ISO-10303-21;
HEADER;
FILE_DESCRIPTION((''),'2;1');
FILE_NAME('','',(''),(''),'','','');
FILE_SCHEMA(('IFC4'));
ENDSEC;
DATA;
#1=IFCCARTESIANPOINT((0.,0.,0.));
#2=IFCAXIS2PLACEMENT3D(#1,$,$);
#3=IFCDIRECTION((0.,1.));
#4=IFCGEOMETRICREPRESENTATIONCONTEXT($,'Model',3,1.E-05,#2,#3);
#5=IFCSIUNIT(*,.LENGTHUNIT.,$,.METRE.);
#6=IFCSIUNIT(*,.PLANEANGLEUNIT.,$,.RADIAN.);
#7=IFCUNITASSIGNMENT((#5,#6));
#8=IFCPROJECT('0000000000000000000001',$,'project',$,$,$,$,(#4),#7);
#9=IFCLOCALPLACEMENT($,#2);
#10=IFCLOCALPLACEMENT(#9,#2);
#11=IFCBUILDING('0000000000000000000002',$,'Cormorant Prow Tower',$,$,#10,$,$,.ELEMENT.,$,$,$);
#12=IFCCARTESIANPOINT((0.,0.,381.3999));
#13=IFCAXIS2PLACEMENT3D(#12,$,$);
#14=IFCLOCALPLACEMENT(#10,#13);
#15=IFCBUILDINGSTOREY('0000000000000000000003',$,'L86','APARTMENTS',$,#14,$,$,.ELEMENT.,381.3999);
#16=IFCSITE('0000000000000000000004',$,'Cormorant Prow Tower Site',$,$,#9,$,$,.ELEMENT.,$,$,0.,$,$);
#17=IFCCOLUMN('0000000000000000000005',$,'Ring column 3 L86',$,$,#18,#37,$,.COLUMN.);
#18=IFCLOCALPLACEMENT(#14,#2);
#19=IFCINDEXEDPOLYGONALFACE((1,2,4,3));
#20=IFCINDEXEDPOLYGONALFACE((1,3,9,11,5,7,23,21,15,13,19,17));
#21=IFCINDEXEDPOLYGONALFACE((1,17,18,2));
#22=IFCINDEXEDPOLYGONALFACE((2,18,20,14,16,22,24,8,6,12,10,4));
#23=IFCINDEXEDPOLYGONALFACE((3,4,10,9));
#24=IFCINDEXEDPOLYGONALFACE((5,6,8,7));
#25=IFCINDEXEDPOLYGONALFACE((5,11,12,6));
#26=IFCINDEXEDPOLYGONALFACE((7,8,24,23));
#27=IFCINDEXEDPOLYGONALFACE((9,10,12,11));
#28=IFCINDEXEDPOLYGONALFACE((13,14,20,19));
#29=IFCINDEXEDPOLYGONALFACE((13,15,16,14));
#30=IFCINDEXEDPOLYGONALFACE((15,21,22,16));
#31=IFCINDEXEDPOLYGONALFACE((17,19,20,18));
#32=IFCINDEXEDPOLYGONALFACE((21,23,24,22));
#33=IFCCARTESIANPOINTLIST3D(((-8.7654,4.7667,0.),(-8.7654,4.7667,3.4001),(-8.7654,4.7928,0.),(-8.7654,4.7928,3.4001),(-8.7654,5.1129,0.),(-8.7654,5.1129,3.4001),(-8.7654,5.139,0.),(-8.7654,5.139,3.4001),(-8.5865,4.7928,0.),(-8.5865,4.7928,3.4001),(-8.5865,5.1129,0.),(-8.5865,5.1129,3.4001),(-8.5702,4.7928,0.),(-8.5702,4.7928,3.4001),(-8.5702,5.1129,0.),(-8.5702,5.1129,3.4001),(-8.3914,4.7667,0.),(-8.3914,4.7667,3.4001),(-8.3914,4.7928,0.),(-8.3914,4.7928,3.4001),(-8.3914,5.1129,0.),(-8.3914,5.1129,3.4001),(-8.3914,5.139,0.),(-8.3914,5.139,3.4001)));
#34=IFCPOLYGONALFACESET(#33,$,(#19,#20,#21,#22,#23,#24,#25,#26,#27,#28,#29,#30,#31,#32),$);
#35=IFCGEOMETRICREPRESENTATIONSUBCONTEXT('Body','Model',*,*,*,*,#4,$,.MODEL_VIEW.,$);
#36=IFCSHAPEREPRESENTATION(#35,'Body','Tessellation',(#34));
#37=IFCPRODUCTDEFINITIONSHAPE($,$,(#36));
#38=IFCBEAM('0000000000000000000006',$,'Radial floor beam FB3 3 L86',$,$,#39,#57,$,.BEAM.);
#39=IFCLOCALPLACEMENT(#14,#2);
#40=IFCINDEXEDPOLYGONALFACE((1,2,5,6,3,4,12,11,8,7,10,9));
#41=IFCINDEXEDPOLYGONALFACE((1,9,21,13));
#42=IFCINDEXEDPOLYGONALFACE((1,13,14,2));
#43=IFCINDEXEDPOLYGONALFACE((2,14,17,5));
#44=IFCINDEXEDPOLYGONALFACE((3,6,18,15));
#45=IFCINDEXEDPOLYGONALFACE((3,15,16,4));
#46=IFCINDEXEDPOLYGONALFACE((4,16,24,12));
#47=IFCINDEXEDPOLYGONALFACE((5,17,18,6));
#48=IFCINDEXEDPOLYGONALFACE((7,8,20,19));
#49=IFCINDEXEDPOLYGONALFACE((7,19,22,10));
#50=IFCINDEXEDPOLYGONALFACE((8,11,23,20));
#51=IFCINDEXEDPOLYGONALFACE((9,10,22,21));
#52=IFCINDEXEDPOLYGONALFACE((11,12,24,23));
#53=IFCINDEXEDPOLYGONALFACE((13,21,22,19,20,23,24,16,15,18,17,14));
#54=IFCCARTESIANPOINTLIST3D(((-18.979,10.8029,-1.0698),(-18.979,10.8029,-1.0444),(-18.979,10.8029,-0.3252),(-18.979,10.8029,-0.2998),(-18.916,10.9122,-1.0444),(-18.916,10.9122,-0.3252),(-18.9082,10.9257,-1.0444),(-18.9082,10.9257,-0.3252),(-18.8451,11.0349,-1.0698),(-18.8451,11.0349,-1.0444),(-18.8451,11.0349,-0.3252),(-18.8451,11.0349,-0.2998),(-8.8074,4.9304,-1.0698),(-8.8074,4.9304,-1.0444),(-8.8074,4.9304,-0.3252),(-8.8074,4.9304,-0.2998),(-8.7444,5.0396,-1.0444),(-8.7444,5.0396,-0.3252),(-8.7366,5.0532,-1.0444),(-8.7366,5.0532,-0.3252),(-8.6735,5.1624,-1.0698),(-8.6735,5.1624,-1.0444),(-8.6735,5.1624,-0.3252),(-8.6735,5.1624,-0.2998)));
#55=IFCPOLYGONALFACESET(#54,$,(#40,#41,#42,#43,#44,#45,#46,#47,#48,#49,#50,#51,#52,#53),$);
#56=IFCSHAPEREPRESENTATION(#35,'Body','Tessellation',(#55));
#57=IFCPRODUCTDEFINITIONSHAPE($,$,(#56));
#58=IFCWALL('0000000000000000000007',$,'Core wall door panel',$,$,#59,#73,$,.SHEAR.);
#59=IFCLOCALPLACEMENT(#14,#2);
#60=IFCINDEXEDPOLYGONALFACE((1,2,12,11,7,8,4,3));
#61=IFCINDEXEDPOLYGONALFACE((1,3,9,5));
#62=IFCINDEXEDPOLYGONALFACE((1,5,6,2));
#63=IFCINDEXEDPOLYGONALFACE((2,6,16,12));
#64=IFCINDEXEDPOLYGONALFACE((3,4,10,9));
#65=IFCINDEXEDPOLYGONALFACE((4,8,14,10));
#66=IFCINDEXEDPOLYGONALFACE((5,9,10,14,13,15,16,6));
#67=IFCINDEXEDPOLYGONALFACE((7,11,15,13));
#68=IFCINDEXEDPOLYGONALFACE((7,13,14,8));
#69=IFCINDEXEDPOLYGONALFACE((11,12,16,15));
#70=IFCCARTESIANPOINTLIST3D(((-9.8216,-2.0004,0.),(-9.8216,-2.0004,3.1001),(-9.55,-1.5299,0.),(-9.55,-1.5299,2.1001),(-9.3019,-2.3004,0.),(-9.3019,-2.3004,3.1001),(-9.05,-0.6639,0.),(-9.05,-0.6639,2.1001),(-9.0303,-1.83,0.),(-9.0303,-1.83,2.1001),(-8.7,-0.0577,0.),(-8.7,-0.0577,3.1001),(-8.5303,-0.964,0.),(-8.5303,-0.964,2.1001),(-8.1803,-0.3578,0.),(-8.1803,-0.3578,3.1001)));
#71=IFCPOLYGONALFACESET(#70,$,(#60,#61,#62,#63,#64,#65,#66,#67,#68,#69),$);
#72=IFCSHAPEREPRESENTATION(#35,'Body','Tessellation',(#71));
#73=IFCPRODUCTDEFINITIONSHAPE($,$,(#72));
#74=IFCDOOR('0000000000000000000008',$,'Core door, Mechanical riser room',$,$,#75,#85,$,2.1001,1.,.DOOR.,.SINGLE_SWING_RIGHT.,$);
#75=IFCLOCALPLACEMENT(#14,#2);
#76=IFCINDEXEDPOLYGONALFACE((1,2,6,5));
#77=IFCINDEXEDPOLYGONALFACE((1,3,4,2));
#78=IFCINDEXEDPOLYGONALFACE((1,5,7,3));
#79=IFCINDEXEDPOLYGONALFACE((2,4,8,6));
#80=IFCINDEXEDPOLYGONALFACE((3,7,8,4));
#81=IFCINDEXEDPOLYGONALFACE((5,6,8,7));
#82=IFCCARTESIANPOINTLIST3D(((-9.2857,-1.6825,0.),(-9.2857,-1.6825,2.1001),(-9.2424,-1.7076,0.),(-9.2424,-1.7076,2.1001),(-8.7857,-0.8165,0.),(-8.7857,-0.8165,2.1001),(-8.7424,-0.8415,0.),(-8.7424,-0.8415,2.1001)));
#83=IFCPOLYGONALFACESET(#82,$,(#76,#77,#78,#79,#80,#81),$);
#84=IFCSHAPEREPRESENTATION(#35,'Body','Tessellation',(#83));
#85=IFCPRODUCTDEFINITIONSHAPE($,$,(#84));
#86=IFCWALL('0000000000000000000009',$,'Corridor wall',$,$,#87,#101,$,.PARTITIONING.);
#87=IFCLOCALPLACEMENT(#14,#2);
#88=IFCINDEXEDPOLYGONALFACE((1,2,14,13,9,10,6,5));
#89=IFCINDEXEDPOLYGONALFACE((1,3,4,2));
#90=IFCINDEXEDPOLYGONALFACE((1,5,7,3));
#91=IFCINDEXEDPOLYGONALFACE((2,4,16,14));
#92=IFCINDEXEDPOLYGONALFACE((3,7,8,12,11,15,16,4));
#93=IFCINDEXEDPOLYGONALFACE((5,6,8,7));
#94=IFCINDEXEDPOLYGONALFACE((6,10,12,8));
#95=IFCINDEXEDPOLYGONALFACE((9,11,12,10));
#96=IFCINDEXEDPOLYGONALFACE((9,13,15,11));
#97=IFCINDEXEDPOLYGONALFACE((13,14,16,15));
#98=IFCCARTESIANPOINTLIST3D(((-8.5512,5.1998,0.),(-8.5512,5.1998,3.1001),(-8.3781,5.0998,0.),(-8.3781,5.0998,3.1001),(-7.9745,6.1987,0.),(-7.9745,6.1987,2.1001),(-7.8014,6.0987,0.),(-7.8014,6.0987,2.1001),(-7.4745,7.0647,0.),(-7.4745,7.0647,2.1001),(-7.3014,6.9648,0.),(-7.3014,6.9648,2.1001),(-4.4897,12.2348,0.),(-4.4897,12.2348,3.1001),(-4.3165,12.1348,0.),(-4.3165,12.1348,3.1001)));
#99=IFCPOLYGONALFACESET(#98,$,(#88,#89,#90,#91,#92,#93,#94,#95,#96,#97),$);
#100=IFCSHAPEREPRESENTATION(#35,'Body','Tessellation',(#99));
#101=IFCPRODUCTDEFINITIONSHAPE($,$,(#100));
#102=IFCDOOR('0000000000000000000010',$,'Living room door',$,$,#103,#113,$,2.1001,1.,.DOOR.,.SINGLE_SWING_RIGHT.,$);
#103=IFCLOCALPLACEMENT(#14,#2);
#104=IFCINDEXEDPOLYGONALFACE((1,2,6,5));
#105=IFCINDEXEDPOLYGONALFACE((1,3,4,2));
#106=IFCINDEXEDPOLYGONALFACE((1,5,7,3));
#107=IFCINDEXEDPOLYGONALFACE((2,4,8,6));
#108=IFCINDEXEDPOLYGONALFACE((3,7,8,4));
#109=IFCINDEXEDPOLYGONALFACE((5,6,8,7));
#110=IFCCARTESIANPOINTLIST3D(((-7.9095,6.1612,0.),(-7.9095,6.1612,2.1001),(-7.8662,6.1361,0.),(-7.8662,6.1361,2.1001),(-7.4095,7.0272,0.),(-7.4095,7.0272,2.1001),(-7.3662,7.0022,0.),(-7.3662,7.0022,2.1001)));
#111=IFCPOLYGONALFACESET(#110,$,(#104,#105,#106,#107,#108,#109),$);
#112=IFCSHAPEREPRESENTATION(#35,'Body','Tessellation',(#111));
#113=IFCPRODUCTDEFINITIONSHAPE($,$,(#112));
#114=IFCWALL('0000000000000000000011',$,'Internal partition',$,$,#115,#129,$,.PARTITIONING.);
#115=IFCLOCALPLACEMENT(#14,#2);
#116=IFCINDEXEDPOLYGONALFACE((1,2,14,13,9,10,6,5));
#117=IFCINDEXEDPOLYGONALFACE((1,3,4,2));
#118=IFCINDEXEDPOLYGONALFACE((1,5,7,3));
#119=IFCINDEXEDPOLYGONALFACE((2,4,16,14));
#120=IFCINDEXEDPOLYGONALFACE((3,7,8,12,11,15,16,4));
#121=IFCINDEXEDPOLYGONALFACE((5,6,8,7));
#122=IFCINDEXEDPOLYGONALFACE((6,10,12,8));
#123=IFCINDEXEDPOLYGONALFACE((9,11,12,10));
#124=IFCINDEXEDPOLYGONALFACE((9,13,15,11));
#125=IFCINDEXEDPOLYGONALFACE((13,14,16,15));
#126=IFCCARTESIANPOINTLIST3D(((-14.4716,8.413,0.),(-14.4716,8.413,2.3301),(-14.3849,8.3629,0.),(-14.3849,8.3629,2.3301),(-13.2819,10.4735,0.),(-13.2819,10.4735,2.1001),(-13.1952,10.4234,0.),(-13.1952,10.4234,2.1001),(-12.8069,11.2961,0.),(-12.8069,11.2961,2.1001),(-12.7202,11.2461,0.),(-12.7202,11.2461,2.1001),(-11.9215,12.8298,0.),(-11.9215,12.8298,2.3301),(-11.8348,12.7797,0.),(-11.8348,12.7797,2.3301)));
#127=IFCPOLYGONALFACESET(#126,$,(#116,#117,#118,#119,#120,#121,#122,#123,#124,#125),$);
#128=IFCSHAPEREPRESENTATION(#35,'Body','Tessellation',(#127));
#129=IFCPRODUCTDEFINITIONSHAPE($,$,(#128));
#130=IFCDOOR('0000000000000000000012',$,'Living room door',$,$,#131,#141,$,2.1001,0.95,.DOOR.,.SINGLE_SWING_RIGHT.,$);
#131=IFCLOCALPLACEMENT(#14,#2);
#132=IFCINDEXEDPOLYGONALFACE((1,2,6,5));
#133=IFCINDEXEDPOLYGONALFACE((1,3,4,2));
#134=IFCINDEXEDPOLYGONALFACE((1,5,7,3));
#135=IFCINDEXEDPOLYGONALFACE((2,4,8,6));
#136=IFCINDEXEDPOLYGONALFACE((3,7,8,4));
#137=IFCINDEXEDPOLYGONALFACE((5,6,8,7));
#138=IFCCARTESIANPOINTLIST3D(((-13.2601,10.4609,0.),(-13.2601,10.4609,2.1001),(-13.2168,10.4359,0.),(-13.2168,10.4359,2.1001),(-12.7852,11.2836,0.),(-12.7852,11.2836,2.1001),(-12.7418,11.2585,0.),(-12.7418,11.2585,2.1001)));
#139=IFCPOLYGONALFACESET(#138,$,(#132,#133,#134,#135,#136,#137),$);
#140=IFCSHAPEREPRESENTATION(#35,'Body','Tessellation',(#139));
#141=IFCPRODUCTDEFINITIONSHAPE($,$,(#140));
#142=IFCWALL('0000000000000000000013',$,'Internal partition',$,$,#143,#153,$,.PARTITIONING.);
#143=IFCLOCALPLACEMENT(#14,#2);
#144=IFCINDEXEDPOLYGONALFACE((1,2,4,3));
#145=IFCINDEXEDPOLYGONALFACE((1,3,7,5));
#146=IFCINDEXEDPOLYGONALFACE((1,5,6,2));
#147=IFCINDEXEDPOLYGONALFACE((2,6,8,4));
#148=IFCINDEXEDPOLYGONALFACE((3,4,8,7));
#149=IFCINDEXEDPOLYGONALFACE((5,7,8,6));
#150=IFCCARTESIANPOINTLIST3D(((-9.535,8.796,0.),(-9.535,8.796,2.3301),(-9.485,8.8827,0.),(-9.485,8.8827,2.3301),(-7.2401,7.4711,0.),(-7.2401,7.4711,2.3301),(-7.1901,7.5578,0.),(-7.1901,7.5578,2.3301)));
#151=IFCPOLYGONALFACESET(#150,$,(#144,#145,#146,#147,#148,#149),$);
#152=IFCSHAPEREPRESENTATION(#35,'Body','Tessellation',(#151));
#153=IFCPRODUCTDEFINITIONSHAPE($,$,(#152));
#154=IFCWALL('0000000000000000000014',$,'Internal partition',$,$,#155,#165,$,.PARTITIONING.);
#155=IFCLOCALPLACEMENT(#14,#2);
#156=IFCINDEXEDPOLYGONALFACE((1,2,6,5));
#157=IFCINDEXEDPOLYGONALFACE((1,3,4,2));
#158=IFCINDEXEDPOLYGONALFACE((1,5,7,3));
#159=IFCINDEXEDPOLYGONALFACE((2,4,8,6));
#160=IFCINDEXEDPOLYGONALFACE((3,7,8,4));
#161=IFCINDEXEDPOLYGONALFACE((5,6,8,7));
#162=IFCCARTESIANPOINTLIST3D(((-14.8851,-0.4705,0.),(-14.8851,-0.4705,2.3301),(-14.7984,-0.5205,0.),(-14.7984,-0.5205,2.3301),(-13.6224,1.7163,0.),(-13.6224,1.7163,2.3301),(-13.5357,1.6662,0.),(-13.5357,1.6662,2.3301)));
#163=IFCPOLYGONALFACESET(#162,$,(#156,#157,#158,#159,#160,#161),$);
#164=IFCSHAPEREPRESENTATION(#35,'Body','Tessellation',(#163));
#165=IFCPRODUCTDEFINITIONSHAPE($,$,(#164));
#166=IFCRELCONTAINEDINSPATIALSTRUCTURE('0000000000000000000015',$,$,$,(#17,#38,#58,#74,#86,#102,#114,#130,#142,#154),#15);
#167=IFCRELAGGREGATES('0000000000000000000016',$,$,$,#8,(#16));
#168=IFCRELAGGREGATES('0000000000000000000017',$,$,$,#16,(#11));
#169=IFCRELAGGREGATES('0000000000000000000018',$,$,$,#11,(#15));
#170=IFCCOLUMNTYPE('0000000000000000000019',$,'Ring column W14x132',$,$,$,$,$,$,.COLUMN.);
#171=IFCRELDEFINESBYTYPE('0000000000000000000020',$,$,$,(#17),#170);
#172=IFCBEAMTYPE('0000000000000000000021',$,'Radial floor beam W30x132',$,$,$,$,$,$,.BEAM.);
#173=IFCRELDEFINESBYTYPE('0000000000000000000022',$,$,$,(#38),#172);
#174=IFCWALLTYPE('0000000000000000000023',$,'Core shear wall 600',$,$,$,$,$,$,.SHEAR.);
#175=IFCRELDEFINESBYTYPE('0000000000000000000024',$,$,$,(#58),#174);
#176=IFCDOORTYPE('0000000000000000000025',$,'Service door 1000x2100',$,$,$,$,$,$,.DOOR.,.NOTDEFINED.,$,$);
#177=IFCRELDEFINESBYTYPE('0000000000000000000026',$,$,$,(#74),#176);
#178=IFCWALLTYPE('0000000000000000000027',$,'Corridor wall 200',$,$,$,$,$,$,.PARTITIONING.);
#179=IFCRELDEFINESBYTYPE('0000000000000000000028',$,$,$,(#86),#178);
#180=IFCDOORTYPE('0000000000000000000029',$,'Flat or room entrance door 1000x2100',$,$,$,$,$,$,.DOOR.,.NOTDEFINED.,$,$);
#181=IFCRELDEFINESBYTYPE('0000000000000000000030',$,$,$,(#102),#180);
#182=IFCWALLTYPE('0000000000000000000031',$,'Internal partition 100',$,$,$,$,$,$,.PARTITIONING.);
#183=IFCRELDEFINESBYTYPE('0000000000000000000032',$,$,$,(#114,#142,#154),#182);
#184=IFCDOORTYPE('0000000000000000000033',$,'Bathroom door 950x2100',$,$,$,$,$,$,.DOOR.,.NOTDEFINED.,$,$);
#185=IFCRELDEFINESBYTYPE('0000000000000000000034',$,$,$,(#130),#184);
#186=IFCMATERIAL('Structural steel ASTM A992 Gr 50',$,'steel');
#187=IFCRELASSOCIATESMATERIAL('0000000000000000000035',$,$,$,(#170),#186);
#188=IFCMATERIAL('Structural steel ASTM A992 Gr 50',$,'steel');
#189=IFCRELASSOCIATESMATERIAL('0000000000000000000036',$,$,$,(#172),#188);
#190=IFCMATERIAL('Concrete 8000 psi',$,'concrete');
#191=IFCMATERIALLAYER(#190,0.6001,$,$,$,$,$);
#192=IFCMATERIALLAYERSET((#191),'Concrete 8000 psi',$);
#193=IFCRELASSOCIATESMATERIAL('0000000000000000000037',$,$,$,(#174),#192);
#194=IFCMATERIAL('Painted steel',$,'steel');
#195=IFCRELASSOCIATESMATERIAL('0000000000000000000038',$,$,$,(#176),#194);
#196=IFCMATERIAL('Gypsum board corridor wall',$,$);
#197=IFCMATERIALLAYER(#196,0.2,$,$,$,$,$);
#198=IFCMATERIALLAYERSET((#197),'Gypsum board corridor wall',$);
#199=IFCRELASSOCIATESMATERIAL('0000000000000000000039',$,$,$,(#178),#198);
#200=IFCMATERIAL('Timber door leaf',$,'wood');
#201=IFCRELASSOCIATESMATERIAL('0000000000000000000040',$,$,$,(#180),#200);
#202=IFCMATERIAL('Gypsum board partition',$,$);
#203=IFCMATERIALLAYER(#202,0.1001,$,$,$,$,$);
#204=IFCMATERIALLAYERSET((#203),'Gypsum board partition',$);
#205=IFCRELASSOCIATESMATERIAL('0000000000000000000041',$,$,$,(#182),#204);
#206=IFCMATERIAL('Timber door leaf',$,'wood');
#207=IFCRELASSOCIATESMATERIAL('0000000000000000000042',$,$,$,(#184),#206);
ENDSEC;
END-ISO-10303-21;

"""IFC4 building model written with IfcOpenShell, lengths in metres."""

from ifc_helpers import new_model, si_unit, direction, frame, frame_2d, origin, origin_2d, place, context, subcontext, project, spatial, rectangle, i_section, extrude, material, layer, layer_set, material_profile, profile_set, type_object, element, fill, save


model = new_model("IFC4")

# Units and contexts
model_context = context("Model", 3, precision=1e-05, world=origin(), true_north=direction((0.0, 1.0)))
body_context = subcontext(model_context, "Body", "Model", "MODEL_VIEW")
ifc_project = project(units=[si_unit("LENGTHUNIT", "METRE"), si_unit("PLANEANGLEUNIT", "RADIAN")], contexts=[model_context])

# Site, building, storey
site_placement = place(None, origin())
site = spatial("IfcSite", under=ifc_project, at=site_placement, Name="Cormorant Prow Tower Site", CompositionType="ELEMENT", RefElevation=0.0)
building_placement = place(site_placement, origin())
building = spatial("IfcBuilding", under=site, at=building_placement, Name="Cormorant Prow Tower", CompositionType="ELEMENT")
storey_placement = place(building_placement, frame((0.0, 0.0, 381.3999)))
storey = spatial("IfcBuildingStorey", under=building, at=storey_placement, Name="L86", Description="APARTMENTS", CompositionType="ELEMENT", Elevation=381.3999)

# Column
ifc_material_1 = material(Name="Structural steel ASTM A992 Gr 50", Category="steel")
ifc_material_profile_1 = material_profile(ifc_material_1, i_section(OverallWidth=0.374, OverallDepth=0.3723, WebThickness=0.0164, FlangeThickness=0.0261, at=origin_2d()), Name="W14x132")
ifc_profile_set_1 = profile_set([ifc_material_profile_1], Name="Structural steel ASTM A992 Gr 50")
column_type = type_object("IfcColumnType", Name="Ring column W14x132", PredefinedType="COLUMN", material=ifc_profile_set_1)
column_placement = place(storey_placement, frame((-8.5784, 4.9529, 0.0), z_axis=(0.0, 0.0, 1.0), x_axis=(1.0, 0.0, 0.0)))
element("IfcColumn", 1, at=column_placement, inside=storey, type_object=column_type, Name="Ring column 3 L86", PredefinedType="COLUMN", context=body_context, shape_type="SweptSolid", body=[
    extrude(i_section(OverallWidth=0.374, OverallDepth=0.3723, WebThickness=0.0164, FlangeThickness=0.0261, at=origin_2d()), origin(), (0.0, 0.0, 1.0), 3.4001),
])

# Beam
ifc_material_2 = material(Name="Structural steel ASTM A992 Gr 50", Category="steel")
ifc_material_profile_2 = material_profile(ifc_material_2, i_section(OverallWidth=0.2678, OverallDepth=0.77, WebThickness=0.0156, FlangeThickness=0.0254, at=origin_2d()), Name="W30x132")
ifc_profile_set_2 = profile_set([ifc_material_profile_2], Name="Structural steel ASTM A992 Gr 50")
beam_type = type_object("IfcBeamType", Name="Radial floor beam W30x132", PredefinedType="BEAM", material=ifc_profile_set_2)
beam_placement = place(storey_placement, frame((-8.7405, 5.0464, -0.6848), z_axis=(-0.866027, 0.499998, 0.0), x_axis=(-0.499998, -0.866027, 0.0)))
element("IfcBeam", 2, at=beam_placement, inside=storey, type_object=beam_type, Name="Radial floor beam FB3 3 L86", PredefinedType="BEAM", context=body_context, shape_type="SweptSolid", body=[
    extrude(i_section(OverallWidth=0.2678, OverallDepth=0.77, WebThickness=0.0156, FlangeThickness=0.0254, at=origin_2d()), origin(), (0.0, 0.0, 1.0), 11.7451),
])

# Walls, openings, doors
ifc_material_3 = material(Name="Concrete 8000 psi", Category="concrete")
ifc_layer_1 = layer(ifc_material_3, 0.6001)
ifc_layer_set_1 = layer_set([ifc_layer_1], Name="Concrete 8000 psi")
wall_type_1 = type_object("IfcWallType", Name="Core shear wall 600", PredefinedType="SHEAR", material=ifc_layer_set_1)
wall_1_placement = place(storey_placement, frame((-8.4402, -0.2078, 0.0), z_axis=(0.0, 0.0, 1.0), x_axis=(-0.500002, -0.866024, 0.0)))
wall_1 = element("IfcWall", 3, at=wall_1_placement, inside=storey, type_object=wall_type_1, Name="Core wall door panel", PredefinedType="SHEAR", context=body_context, shape_type="SweptSolid", body=[
    extrude(rectangle(XDim=2.2432, YDim=0.6001, at=frame_2d((1.1216, 0.0))), origin(), (0.0, 0.0, 1.0), 3.1001),
])
opening_1_placement = place(wall_1_placement, frame((0.7, 0.0, 0.0)))
opening_1 = element("IfcOpeningElement", 4, at=opening_1_placement, cuts=wall_1, PredefinedType="OPENING", context=body_context, shape_type="SweptSolid", body=[
    extrude(rectangle(XDim=1.0, YDim=2.1001, at=frame_2d((0.5, 1.05))), frame((0.0, 0.3101, 0.0), z_axis=(0.0, -1.0, 0.0), x_axis=(1.0, 0.0, 0.0)), (0.0, 0.0, 1.0), 0.6201),
])
ifc_material_4 = material(Name="Painted steel", Category="steel")
door_type_1 = type_object("IfcDoorType", Name="Service door 1000x2100", OperationType="NOTDEFINED", PredefinedType="DOOR", material=ifc_material_4)
door_1_placement = place(opening_1_placement, origin())
door_1 = element("IfcDoor", 5, at=door_1_placement, inside=storey, type_object=door_type_1, Name="Core door, Mechanical riser room", OperationType="SINGLE_SWING_RIGHT", OverallHeight=2.1001, OverallWidth=1.0, PredefinedType="DOOR", context=body_context, shape_type="SweptSolid", body=[
    extrude(rectangle(XDim=1.0, YDim=2.1001, at=frame_2d((0.5, 1.05))), frame((0.0, 0.0552, 0.0), z_axis=(0.0, -1.0, 0.0), x_axis=(1.0, 0.0, 0.0)), (0.0, 0.0, 1.0), 0.05),
])
fill(opening_1, door_1)
ifc_material_5 = material(Name="Gypsum board corridor wall")
ifc_layer_2 = layer(ifc_material_5, 0.2)
ifc_layer_set_2 = layer_set([ifc_layer_2], Name="Gypsum board corridor wall")
wall_type_2 = type_object("IfcWallType", Name="Corridor wall 200", PredefinedType="PARTITIONING", material=ifc_layer_set_2)
wall_2_placement = place(storey_placement, frame((-8.4646, 5.1499, 0.0), z_axis=(0.0, 0.0, 1.0), x_axis=(0.499992, 0.86603, 0.0)))
wall_2 = element("IfcWall", 6, at=wall_2_placement, inside=storey, type_object=wall_type_2, Name="Corridor wall", PredefinedType="PARTITIONING", context=body_context, shape_type="SweptSolid", body=[
    extrude(rectangle(XDim=8.1233, YDim=0.2, at=frame_2d((4.0615, 0.0))), origin(), (0.0, 0.0, 1.0), 3.1001),
])
opening_2_placement = place(wall_2_placement, frame((1.1533, 0.0, 0.0)))
opening_2 = element("IfcOpeningElement", 7, at=opening_2_placement, cuts=wall_2, PredefinedType="OPENING", context=body_context, shape_type="SweptSolid", body=[
    extrude(rectangle(XDim=1.0, YDim=2.1001, at=frame_2d((0.5, 1.05))), frame((0.0, 0.1099, 0.0), z_axis=(0.0, -1.0, 0.0), x_axis=(1.0, 0.0, 0.0)), (0.0, 0.0, 1.0), 0.22),
])
ifc_material_6 = material(Name="Timber door leaf", Category="wood")
door_type_2 = type_object("IfcDoorType", Name="Flat or room entrance door 1000x2100", OperationType="NOTDEFINED", PredefinedType="DOOR", material=ifc_material_6)
door_2_placement = place(opening_2_placement, origin())
door_2 = element("IfcDoor", 8, at=door_2_placement, inside=storey, type_object=door_type_2, Name="Living room door", OperationType="SINGLE_SWING_RIGHT", OverallHeight=2.1001, OverallWidth=1.0, PredefinedType="DOOR", context=body_context, shape_type="SweptSolid", body=[
    extrude(rectangle(XDim=1.0, YDim=2.1001, at=frame_2d((0.5, 1.05))), frame((0.0, 0.0249, 0.0), z_axis=(0.0, -1.0, 0.0), x_axis=(1.0, 0.0, 0.0)), (0.0, 0.0, 1.0), 0.05),
])
fill(opening_2, door_2)
ifc_material_7 = material(Name="Gypsum board partition")
ifc_layer_3 = layer(ifc_material_7, 0.1001)
ifc_layer_set_3 = layer_set([ifc_layer_3], Name="Gypsum board partition")
wall_type_3 = type_object("IfcWallType", Name="Internal partition 100", PredefinedType="PARTITIONING", material=ifc_layer_set_3)
wall_3_placement = place(storey_placement, frame((-14.4282, 8.3879, 0.0), z_axis=(0.0, 0.0, 1.0), x_axis=(0.500006, 0.866022, 0.0)))
wall_3 = element("IfcWall", 9, at=wall_3_placement, inside=storey, type_object=wall_type_3, Name="Internal partition", PredefinedType="PARTITIONING", context=body_context, shape_type="SweptSolid", body=[
    extrude(rectangle(XDim=5.1001, YDim=0.1001, at=frame_2d((2.55, 0.0))), origin(), (0.0, 0.0, 1.0), 2.3301),
])
opening_3_placement = place(wall_3_placement, frame((2.3792, 0.0, 0.0)))
opening_3 = element("IfcOpeningElement", 10, at=opening_3_placement, cuts=wall_3, PredefinedType="OPENING", context=body_context, shape_type="SweptSolid", body=[
    extrude(rectangle(XDim=0.95, YDim=2.1001, at=frame_2d((0.4751, 1.05))), frame((0.0, 0.0601, 0.0), z_axis=(0.0, -1.0, 0.0), x_axis=(1.0, 0.0, 0.0)), (0.0, 0.0, 1.0), 0.1201),
])
ifc_material_8 = material(Name="Timber door leaf", Category="wood")
door_type_3 = type_object("IfcDoorType", Name="Bathroom door 950x2100", OperationType="NOTDEFINED", PredefinedType="DOOR", material=ifc_material_8)
door_3_placement = place(opening_3_placement, origin())
door_3 = element("IfcDoor", 11, at=door_3_placement, inside=storey, type_object=door_type_3, Name="Living room door", OperationType="SINGLE_SWING_RIGHT", OverallHeight=2.1001, OverallWidth=0.95, PredefinedType="DOOR", context=body_context, shape_type="SweptSolid", body=[
    extrude(rectangle(XDim=0.95, YDim=2.1001, at=frame_2d((0.4751, 1.05))), frame((0.0, 0.0249, 0.0), z_axis=(0.0, -1.0, 0.0), x_axis=(1.0, 0.0, 0.0)), (0.0, 0.0, 1.0), 0.05),
])
fill(opening_3, door_3)

# Walls
wall_4_placement = place(storey_placement, frame((-9.51, 8.8394, 0.0), z_axis=(0.0, 0.0, 1.0), x_axis=(0.866029, -0.499994, 0.0)))
element("IfcWall", 12, at=wall_4_placement, inside=storey, type_object=wall_type_3, Name="Internal partition", PredefinedType="PARTITIONING", context=body_context, shape_type="SweptSolid", body=[
    extrude(rectangle(XDim=2.6499, YDim=0.1001, at=frame_2d((1.325, 0.0))), origin(), (0.0, 0.0, 1.0), 2.3301),
])
wall_5_placement = place(storey_placement, frame((-14.8418, -0.4956, 0.0), z_axis=(0.0, 0.0, 1.0), x_axis=(0.500049, 0.865997, 0.0)))
element("IfcWall", 13, at=wall_5_placement, inside=storey, type_object=wall_type_3, Name="Internal partition", PredefinedType="PARTITIONING", context=body_context, shape_type="SweptSolid", body=[
    extrude(rectangle(XDim=2.5251, YDim=0.1001, at=frame_2d((1.2627, 0.0))), origin(), (0.0, 0.0, 1.0), 2.3301),
])

save(model, "model.ifc")
